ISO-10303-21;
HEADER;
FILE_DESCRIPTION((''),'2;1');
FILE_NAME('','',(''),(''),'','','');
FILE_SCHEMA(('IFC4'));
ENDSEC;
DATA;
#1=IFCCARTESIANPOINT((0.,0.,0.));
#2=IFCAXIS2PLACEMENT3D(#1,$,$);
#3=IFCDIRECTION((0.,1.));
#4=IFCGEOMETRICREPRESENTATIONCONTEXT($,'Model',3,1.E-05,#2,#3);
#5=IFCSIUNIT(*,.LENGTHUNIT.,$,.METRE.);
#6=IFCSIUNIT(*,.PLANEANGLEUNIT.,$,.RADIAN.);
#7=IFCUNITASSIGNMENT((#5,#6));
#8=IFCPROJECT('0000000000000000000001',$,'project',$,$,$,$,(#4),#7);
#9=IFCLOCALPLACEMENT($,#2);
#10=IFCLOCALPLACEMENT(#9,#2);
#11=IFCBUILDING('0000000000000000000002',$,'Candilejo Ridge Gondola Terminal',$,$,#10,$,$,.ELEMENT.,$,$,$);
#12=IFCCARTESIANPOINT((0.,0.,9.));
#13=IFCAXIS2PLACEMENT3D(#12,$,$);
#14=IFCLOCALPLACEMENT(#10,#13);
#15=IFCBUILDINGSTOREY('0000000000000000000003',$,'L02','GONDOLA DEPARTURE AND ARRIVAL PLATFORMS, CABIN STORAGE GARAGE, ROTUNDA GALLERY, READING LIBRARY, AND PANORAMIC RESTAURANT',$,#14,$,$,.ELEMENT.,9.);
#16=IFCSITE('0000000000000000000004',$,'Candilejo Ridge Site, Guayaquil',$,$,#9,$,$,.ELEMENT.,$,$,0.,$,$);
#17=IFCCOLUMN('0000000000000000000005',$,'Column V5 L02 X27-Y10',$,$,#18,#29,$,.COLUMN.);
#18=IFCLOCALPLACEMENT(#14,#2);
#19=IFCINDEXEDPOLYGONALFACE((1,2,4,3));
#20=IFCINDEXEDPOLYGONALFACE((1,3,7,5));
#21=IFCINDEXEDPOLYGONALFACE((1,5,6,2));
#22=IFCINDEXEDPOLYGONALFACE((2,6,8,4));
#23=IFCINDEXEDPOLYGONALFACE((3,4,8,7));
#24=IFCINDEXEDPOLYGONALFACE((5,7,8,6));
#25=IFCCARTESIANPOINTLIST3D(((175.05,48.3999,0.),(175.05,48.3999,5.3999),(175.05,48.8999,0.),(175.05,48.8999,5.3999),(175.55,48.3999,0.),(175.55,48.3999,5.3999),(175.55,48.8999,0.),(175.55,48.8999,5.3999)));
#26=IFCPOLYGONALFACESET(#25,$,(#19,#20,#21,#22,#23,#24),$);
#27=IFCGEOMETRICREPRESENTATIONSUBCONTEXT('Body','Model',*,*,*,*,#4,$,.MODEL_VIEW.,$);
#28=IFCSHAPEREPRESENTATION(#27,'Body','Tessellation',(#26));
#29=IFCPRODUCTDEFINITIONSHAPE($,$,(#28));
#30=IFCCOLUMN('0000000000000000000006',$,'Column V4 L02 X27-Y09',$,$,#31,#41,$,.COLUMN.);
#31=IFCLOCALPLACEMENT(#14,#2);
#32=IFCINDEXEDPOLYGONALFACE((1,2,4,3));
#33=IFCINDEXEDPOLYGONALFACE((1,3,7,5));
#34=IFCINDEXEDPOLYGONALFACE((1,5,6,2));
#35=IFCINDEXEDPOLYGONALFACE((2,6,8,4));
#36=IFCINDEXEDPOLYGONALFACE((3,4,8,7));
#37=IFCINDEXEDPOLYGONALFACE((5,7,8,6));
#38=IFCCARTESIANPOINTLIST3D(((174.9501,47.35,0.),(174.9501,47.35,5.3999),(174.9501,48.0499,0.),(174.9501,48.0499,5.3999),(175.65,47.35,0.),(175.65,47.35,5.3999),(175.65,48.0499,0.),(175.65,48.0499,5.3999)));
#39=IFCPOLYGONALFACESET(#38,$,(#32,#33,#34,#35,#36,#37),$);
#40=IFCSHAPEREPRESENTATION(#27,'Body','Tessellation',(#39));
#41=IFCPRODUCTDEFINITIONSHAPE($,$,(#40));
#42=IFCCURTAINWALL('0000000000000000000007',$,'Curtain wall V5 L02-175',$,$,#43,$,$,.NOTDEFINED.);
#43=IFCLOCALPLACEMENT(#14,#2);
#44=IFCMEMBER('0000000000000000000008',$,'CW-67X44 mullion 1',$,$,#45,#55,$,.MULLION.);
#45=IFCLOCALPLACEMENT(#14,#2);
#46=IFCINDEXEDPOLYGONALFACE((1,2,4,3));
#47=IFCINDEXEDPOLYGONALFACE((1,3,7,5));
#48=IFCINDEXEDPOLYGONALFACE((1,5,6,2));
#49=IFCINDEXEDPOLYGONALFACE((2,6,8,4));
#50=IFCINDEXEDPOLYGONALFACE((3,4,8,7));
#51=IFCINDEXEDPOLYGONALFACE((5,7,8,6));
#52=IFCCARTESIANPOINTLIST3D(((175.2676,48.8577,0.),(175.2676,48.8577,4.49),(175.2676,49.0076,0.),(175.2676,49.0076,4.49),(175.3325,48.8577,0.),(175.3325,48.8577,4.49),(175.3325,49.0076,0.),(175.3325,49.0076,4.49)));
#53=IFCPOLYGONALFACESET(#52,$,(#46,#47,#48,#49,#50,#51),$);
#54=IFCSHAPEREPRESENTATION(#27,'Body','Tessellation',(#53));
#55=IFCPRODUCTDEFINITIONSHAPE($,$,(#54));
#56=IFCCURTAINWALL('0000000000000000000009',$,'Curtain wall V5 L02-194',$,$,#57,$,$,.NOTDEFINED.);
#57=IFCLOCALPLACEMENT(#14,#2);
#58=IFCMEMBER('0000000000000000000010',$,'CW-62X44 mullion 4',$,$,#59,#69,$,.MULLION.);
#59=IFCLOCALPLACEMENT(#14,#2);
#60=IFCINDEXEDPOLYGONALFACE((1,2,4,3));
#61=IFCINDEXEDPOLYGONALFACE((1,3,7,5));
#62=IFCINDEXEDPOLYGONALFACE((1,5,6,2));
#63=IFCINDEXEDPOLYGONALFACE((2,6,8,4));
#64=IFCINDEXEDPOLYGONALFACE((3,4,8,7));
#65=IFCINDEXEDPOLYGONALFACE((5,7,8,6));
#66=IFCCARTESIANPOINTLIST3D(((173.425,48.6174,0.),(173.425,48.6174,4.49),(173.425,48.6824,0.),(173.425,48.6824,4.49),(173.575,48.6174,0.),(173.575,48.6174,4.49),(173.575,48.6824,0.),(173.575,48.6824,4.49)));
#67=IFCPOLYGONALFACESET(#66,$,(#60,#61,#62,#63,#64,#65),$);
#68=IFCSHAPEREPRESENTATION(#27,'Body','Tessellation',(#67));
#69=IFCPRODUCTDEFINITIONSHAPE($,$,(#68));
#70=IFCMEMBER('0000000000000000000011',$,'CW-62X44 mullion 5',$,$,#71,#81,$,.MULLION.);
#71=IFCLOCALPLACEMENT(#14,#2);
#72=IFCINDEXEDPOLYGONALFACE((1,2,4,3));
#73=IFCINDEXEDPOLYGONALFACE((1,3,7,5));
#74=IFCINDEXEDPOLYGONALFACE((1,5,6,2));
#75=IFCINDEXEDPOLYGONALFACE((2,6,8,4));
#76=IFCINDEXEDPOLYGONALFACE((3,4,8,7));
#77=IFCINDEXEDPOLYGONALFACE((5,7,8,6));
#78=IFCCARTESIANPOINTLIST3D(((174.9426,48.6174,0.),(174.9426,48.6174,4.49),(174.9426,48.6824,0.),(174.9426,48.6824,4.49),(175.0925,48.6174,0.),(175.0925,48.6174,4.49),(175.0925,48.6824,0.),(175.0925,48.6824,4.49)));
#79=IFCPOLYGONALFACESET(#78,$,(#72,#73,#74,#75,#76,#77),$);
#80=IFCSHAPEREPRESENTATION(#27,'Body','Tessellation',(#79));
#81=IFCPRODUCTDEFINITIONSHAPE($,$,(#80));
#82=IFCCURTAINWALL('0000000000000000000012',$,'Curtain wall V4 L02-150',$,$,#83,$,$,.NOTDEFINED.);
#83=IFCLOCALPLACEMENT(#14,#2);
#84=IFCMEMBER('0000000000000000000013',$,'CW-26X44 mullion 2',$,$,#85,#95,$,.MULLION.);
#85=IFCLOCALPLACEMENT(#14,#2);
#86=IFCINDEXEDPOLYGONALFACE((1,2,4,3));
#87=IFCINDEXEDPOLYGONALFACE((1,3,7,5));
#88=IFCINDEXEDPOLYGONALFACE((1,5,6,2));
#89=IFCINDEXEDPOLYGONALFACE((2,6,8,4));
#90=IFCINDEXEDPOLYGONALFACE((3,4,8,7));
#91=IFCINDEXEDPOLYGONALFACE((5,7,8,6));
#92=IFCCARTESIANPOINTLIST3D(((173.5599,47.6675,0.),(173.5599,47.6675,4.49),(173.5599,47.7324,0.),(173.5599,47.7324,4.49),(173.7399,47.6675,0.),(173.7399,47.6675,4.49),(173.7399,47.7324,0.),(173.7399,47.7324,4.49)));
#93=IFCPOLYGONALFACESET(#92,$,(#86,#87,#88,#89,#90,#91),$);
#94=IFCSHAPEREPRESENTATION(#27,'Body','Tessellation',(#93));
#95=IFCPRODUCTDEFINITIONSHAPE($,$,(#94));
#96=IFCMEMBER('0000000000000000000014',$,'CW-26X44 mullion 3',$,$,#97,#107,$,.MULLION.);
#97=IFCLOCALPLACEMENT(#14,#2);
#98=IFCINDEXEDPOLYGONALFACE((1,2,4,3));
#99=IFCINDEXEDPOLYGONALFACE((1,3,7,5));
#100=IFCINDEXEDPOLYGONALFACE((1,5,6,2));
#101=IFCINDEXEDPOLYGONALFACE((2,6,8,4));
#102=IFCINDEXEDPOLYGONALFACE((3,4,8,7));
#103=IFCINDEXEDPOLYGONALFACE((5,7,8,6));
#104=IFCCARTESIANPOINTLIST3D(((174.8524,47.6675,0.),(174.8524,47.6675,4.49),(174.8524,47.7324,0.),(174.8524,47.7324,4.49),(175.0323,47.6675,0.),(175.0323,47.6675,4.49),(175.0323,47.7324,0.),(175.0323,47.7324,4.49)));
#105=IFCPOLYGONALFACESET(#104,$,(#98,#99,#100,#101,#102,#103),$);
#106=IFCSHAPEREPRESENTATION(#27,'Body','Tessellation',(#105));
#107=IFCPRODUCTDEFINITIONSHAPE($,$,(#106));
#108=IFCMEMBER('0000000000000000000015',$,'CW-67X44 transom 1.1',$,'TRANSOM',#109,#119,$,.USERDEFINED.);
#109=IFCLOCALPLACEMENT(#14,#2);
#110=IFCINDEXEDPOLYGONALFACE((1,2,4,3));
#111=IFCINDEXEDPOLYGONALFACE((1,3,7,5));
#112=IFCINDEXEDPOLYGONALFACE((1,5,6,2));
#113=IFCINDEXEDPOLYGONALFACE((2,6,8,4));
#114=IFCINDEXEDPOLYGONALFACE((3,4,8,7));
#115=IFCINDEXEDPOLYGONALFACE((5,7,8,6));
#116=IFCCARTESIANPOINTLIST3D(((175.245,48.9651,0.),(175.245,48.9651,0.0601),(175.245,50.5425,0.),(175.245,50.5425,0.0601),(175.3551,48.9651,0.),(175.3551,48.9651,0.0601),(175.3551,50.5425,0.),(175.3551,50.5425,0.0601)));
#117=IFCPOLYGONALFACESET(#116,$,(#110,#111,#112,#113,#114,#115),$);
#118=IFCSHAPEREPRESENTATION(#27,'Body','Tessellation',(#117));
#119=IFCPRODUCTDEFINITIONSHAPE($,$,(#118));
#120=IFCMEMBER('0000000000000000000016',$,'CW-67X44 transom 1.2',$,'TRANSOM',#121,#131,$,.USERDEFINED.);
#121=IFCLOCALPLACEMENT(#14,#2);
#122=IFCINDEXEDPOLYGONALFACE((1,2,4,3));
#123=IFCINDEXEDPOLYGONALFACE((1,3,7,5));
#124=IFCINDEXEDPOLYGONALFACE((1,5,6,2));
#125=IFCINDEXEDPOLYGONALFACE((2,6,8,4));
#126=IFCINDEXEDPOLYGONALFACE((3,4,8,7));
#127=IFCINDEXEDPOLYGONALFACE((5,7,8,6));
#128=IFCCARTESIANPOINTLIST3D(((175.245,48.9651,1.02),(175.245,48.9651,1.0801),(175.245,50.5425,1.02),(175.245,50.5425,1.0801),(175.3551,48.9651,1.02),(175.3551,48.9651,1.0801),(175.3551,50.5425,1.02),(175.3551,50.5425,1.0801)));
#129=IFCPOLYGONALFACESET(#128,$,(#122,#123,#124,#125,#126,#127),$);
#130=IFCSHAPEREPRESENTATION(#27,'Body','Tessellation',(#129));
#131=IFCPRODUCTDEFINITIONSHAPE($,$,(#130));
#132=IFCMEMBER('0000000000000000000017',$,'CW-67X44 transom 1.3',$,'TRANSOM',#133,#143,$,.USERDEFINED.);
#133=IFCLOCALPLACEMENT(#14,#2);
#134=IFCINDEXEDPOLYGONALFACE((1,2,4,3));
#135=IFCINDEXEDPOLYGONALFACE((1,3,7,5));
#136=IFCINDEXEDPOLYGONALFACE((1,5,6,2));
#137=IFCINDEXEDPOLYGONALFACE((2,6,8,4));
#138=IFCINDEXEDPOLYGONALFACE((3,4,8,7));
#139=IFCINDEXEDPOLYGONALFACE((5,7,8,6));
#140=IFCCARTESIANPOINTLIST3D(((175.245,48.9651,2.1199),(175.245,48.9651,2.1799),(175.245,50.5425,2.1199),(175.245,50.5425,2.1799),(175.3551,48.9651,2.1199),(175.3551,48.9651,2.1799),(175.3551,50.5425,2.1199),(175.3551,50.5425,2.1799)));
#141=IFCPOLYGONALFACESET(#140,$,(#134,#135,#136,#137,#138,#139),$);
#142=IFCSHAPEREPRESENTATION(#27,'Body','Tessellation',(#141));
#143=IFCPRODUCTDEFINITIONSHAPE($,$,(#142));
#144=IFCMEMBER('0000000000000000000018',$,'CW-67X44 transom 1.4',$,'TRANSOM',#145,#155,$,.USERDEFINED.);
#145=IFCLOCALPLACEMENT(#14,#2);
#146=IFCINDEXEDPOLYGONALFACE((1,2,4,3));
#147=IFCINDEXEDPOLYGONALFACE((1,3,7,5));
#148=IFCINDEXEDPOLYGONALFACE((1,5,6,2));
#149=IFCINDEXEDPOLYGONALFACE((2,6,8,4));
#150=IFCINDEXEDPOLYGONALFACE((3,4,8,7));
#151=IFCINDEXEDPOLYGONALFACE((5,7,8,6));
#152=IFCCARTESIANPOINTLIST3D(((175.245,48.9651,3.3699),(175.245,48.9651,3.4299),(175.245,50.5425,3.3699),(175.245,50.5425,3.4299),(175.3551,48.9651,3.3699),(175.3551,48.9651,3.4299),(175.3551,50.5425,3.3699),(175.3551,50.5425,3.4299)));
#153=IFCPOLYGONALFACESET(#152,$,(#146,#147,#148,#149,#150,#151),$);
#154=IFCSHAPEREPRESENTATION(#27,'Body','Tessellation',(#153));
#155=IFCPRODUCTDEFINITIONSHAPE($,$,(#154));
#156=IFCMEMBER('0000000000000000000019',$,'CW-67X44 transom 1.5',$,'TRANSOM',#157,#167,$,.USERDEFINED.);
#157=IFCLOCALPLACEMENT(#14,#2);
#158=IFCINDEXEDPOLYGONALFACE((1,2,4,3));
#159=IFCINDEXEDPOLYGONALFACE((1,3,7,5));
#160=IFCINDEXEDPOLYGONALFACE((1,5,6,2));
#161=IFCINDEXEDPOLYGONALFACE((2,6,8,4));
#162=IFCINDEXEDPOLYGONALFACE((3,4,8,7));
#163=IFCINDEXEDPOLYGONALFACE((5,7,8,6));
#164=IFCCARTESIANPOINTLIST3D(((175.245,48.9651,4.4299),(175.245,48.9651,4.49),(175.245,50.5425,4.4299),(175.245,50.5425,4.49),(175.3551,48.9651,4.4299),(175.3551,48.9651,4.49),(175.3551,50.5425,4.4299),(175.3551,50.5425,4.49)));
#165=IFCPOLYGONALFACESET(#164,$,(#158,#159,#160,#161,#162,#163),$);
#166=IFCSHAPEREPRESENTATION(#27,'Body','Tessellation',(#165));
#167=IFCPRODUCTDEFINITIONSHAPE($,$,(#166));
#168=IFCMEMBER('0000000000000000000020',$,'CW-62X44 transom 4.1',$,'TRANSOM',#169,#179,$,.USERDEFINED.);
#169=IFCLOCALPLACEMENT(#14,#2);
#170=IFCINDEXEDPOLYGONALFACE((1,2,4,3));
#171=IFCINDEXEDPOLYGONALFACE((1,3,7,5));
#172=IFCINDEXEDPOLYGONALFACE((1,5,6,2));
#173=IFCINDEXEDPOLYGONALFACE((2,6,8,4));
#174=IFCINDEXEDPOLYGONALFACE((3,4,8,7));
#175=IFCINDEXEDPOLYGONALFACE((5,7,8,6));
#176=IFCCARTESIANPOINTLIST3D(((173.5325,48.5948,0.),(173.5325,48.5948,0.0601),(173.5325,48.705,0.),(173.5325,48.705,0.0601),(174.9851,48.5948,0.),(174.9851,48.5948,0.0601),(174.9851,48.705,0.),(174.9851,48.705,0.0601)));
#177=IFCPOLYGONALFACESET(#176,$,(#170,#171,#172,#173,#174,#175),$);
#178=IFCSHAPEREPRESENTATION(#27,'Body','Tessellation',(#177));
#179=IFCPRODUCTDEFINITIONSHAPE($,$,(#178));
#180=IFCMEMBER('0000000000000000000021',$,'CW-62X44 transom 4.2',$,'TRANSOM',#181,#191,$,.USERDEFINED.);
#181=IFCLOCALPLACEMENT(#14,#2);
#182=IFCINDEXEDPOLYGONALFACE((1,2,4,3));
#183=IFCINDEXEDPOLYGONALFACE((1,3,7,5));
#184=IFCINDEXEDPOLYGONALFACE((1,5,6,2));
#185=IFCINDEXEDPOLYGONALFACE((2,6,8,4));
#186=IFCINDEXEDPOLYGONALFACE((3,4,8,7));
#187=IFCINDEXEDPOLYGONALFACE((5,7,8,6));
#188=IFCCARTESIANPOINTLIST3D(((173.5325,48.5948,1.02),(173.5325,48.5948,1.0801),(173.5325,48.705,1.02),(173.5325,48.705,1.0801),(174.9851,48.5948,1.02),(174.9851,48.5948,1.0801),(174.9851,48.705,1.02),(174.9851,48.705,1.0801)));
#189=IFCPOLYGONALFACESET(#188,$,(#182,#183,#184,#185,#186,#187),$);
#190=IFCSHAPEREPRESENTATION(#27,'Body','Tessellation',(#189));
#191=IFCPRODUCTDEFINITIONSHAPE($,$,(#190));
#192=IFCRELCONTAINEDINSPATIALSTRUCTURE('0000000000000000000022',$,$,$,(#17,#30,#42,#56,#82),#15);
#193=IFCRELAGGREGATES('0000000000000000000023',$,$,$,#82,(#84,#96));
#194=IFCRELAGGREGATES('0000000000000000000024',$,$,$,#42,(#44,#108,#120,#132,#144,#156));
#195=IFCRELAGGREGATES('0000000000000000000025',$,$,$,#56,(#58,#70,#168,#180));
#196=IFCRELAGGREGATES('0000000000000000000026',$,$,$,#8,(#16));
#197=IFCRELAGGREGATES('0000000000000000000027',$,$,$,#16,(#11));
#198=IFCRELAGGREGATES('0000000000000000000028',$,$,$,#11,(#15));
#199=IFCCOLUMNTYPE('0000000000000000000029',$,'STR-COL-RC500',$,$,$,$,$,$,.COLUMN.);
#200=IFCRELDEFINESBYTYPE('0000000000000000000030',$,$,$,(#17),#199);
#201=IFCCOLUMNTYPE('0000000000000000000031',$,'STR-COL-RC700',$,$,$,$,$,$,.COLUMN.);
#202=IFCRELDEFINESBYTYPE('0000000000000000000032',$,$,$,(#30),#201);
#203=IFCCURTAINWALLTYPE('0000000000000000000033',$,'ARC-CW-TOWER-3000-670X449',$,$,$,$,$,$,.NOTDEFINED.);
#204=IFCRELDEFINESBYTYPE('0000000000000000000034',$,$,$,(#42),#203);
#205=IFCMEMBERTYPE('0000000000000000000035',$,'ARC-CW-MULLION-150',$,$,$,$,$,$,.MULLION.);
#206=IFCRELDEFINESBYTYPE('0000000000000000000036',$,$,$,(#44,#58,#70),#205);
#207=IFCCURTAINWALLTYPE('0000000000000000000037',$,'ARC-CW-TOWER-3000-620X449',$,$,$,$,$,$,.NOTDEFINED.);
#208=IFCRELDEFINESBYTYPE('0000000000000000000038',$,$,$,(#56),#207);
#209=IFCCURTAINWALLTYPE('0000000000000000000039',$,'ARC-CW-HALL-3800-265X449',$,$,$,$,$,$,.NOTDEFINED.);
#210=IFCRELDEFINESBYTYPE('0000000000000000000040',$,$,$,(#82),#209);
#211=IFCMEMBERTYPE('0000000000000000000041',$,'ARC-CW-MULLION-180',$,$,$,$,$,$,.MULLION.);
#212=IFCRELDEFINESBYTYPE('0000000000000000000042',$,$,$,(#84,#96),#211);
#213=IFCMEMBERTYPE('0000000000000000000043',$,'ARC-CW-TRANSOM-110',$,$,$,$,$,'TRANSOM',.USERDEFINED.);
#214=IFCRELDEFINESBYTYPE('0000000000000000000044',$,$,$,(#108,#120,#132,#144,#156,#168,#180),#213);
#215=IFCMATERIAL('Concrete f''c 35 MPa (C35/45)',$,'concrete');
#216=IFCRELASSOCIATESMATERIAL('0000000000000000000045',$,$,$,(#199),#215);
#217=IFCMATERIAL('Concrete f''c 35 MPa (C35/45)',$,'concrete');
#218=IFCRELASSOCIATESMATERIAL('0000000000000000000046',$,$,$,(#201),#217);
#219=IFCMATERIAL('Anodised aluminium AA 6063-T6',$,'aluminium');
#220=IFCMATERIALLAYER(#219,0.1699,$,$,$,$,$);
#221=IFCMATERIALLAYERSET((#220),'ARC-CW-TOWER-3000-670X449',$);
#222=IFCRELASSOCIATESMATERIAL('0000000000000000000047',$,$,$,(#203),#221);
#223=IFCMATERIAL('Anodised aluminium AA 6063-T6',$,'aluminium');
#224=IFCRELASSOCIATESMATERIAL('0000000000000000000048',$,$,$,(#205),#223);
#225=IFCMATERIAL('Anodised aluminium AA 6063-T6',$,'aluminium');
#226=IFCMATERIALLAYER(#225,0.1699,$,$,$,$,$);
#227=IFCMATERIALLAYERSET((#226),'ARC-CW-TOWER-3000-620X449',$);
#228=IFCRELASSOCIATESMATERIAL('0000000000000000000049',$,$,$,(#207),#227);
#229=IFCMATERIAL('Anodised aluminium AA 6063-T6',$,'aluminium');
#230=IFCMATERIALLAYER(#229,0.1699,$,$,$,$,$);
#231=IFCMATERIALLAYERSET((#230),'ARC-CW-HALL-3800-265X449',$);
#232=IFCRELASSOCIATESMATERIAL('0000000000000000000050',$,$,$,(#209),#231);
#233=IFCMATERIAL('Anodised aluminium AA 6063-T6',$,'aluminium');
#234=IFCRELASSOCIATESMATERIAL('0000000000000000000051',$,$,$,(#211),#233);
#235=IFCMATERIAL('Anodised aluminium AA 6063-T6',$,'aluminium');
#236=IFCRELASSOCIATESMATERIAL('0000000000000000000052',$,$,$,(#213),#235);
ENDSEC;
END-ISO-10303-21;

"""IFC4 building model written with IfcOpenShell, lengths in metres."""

from ifc_helpers import new_model, si_unit, direction, frame, origin, origin_2d, place, context, subcontext, project, spatial, rectangle, extrude, material, layer, layer_set, material_profile, profile_set, type_object, element, aggregate, save


model = new_model("IFC4")

# Units and contexts
model_context = context("Model", 3, precision=1e-05, world=origin(), true_north=direction((0.0, 1.0)))
body_context = subcontext(model_context, "Body", "Model", "MODEL_VIEW")
ifc_project = project(units=[si_unit("LENGTHUNIT", "METRE"), si_unit("PLANEANGLEUNIT", "RADIAN")], contexts=[model_context])

# Site, building, storey
site_placement = place(None, origin())
site = spatial("IfcSite", under=ifc_project, at=site_placement, Name="Candilejo Ridge Site, Guayaquil", CompositionType="ELEMENT", RefElevation=0.0)
building_placement = place(site_placement, origin())
building = spatial("IfcBuilding", under=site, at=building_placement, Name="Candilejo Ridge Gondola Terminal", CompositionType="ELEMENT")
storey_placement = place(building_placement, frame((0.0, 0.0, 9.0)))
storey = spatial("IfcBuildingStorey", under=building, at=storey_placement, Name="L02", Description="GONDOLA DEPARTURE AND ARRIVAL PLATFORMS, CABIN STORAGE GARAGE, ROTUNDA GALLERY, READING LIBRARY, AND PANORAMIC RESTAURANT", CompositionType="ELEMENT", Elevation=9.0)

# Columns
ifc_material_1 = material(Name="Concrete f'c 35 MPa (C35/45)", Category="concrete")
ifc_material_profile_1 = material_profile(ifc_material_1, rectangle(XDim=0.5, YDim=0.5, at=origin_2d()))
ifc_profile_set_1 = profile_set([ifc_material_profile_1], Name="Concrete f'c 35 MPa (C35/45)")
column_type_1 = type_object("IfcColumnType", Name="STR-COL-RC500", PredefinedType="COLUMN", material=ifc_profile_set_1)
column_1_placement = place(storey_placement, frame((175.3, 48.6499, 0.0), z_axis=(0.0, 0.0, 1.0), x_axis=(1.0, 0.0, 0.0)))
element("IfcColumn", 1, at=column_1_placement, inside=storey, type_object=column_type_1, Name="Column V5 L02 X27-Y10", PredefinedType="COLUMN", context=body_context, shape_type="SweptSolid", body=[
    extrude(rectangle(XDim=0.5, YDim=0.5, at=origin_2d()), origin(), (0.0, 0.0, 1.0), 5.3999),
])
ifc_material_2 = material(Name="Concrete f'c 35 MPa (C35/45)", Category="concrete")
ifc_material_profile_2 = material_profile(ifc_material_2, rectangle(XDim=0.7, YDim=0.7, at=origin_2d()))
ifc_profile_set_2 = profile_set([ifc_material_profile_2], Name="Concrete f'c 35 MPa (C35/45)")
column_type_2 = type_object("IfcColumnType", Name="STR-COL-RC700", PredefinedType="COLUMN", material=ifc_profile_set_2)
column_2_placement = place(storey_placement, frame((175.3, 47.7, 0.0), z_axis=(0.0, 0.0, 1.0), x_axis=(1.0, 0.0, 0.0)))
element("IfcColumn", 2, at=column_2_placement, inside=storey, type_object=column_type_2, Name="Column V4 L02 X27-Y09", PredefinedType="COLUMN", context=body_context, shape_type="SweptSolid", body=[
    extrude(rectangle(XDim=0.7, YDim=0.7, at=origin_2d()), origin(), (0.0, 0.0, 1.0), 5.3999),
])

# Curtain wall, member
ifc_material_3 = material(Name="Anodised aluminium AA 6063-T6", Category="aluminium")
ifc_layer_1 = layer(ifc_material_3, 0.1699)
ifc_layer_set_1 = layer_set([ifc_layer_1], Name="ARC-CW-TOWER-3000-670X449")
curtain_wall_type_1 = type_object("IfcCurtainWallType", Name="ARC-CW-TOWER-3000-670X449", PredefinedType="NOTDEFINED", material=ifc_layer_set_1)
curtain_wall_1_placement = place(storey_placement, origin())
curtain_wall_1 = element("IfcCurtainWall", 3, at=curtain_wall_1_placement, inside=storey, type_object=curtain_wall_type_1, Name="Curtain wall V5 L02-175", PredefinedType="NOTDEFINED")
ifc_material_4 = material(Name="Anodised aluminium AA 6063-T6", Category="aluminium")
ifc_material_profile_3 = material_profile(ifc_material_4, rectangle(XDim=0.0649, YDim=0.1499, at=origin_2d()))
ifc_profile_set_3 = profile_set([ifc_material_profile_3], Name="Anodised aluminium AA 6063-T6")
member_type_1 = type_object("IfcMemberType", Name="ARC-CW-MULLION-150", PredefinedType="MULLION", material=ifc_profile_set_3)
member_1_placement = place(storey_placement, frame((175.3, 48.9326, 0.0), z_axis=(0.0, 0.0, 1.0), x_axis=(-1.0, 0.0, 0.0)))
member_1 = element("IfcMember", 4, at=member_1_placement, type_object=member_type_1, Name="CW-67X44 mullion 1", PredefinedType="MULLION", context=body_context, shape_type="SweptSolid", body=[
    extrude(rectangle(XDim=0.0649, YDim=0.1499, at=origin_2d()), origin(), (0.0, 0.0, 1.0), 4.49),
])

# Curtain walls, members
ifc_material_5 = material(Name="Anodised aluminium AA 6063-T6", Category="aluminium")
ifc_layer_2 = layer(ifc_material_5, 0.1699)
ifc_layer_set_2 = layer_set([ifc_layer_2], Name="ARC-CW-TOWER-3000-620X449")
curtain_wall_type_2 = type_object("IfcCurtainWallType", Name="ARC-CW-TOWER-3000-620X449", PredefinedType="NOTDEFINED", material=ifc_layer_set_2)
curtain_wall_2_placement = place(storey_placement, origin())
curtain_wall_2 = element("IfcCurtainWall", 5, at=curtain_wall_2_placement, inside=storey, type_object=curtain_wall_type_2, Name="Curtain wall V5 L02-194", PredefinedType="NOTDEFINED")
member_2_placement = place(storey_placement, frame((173.5, 48.6499, 0.0), z_axis=(0.0, 0.0, 1.0), x_axis=(0.0, 1.0, 0.0)))
member_2 = element("IfcMember", 6, at=member_2_placement, type_object=member_type_1, Name="CW-62X44 mullion 4", PredefinedType="MULLION", context=body_context, shape_type="SweptSolid", body=[
    extrude(rectangle(XDim=0.0649, YDim=0.1499, at=origin_2d()), origin(), (0.0, 0.0, 1.0), 4.49),
])
member_3_placement = place(storey_placement, frame((175.0176, 48.6499, 0.0), z_axis=(0.0, 0.0, 1.0), x_axis=(0.0, 1.0, 0.0)))
member_3 = element("IfcMember", 7, at=member_3_placement, type_object=member_type_1, Name="CW-62X44 mullion 5", PredefinedType="MULLION", context=body_context, shape_type="SweptSolid", body=[
    extrude(rectangle(XDim=0.0649, YDim=0.1499, at=origin_2d()), origin(), (0.0, 0.0, 1.0), 4.49),
])
ifc_material_6 = material(Name="Anodised aluminium AA 6063-T6", Category="aluminium")
ifc_layer_3 = layer(ifc_material_6, 0.1699)
ifc_layer_set_3 = layer_set([ifc_layer_3], Name="ARC-CW-HALL-3800-265X449")
curtain_wall_type_3 = type_object("IfcCurtainWallType", Name="ARC-CW-HALL-3800-265X449", PredefinedType="NOTDEFINED", material=ifc_layer_set_3)
curtain_wall_3_placement = place(storey_placement, origin())
curtain_wall_3 = element("IfcCurtainWall", 8, at=curtain_wall_3_placement, inside=storey, type_object=curtain_wall_type_3, Name="Curtain wall V4 L02-150", PredefinedType="NOTDEFINED")
ifc_material_7 = material(Name="Anodised aluminium AA 6063-T6", Category="aluminium")
ifc_material_profile_4 = material_profile(ifc_material_7, rectangle(XDim=0.0649, YDim=0.1799, at=origin_2d()))
ifc_profile_set_4 = profile_set([ifc_material_profile_4], Name="Anodised aluminium AA 6063-T6")
member_type_2 = type_object("IfcMemberType", Name="ARC-CW-MULLION-180", PredefinedType="MULLION", material=ifc_profile_set_4)
member_4_placement = place(storey_placement, frame((173.6499, 47.7, 0.0), z_axis=(0.0, 0.0, 1.0), x_axis=(0.0, 1.0, 0.0)))
member_4 = element("IfcMember", 9, at=member_4_placement, type_object=member_type_2, Name="CW-26X44 mullion 2", PredefinedType="MULLION", context=body_context, shape_type="SweptSolid", body=[
    extrude(rectangle(XDim=0.0649, YDim=0.1799, at=origin_2d()), origin(), (0.0, 0.0, 1.0), 4.49),
])
member_5_placement = place(storey_placement, frame((174.9424, 47.7, 0.0), z_axis=(0.0, 0.0, 1.0), x_axis=(0.0, 1.0, 0.0)))
member_5 = element("IfcMember", 10, at=member_5_placement, type_object=member_type_2, Name="CW-26X44 mullion 3", PredefinedType="MULLION", context=body_context, shape_type="SweptSolid", body=[
    extrude(rectangle(XDim=0.0649, YDim=0.1799, at=origin_2d()), origin(), (0.0, 0.0, 1.0), 4.49),
])

# Members
ifc_material_8 = material(Name="Anodised aluminium AA 6063-T6", Category="aluminium")
ifc_material_profile_5 = material_profile(ifc_material_8, rectangle(XDim=0.1101, YDim=0.0601, at=origin_2d()))
ifc_profile_set_5 = profile_set([ifc_material_profile_5], Name="Anodised aluminium AA 6063-T6")
member_type_3 = type_object("IfcMemberType", Name="ARC-CW-TRANSOM-110", ElementType="TRANSOM", PredefinedType="USERDEFINED", material=ifc_profile_set_5)
member_6_placement = place(storey_placement, frame((175.3, 48.9651, 0.03), z_axis=(0.0, 1.0, 0.0), x_axis=(-1.0, 0.0, 0.0)))
member_6 = element("IfcMember", 11, at=member_6_placement, type_object=member_type_3, Name="CW-67X44 transom 1.1", ObjectType="TRANSOM", PredefinedType="USERDEFINED", context=body_context, shape_type="SweptSolid", body=[
    extrude(rectangle(XDim=0.1101, YDim=0.0601, at=origin_2d()), origin(), (0.0, 0.0, 1.0), 1.5774),
])
member_7_placement = place(storey_placement, frame((175.3, 48.9651, 1.05), z_axis=(0.0, 1.0, 0.0), x_axis=(-1.0, 0.0, 0.0)))
member_7 = element("IfcMember", 12, at=member_7_placement, type_object=member_type_3, Name="CW-67X44 transom 1.2", ObjectType="TRANSOM", PredefinedType="USERDEFINED", context=body_context, shape_type="SweptSolid", body=[
    extrude(rectangle(XDim=0.1101, YDim=0.0601, at=origin_2d()), origin(), (0.0, 0.0, 1.0), 1.5774),
])
member_8_placement = place(storey_placement, frame((175.3, 48.9651, 2.1499), z_axis=(0.0, 1.0, 0.0), x_axis=(-1.0, 0.0, 0.0)))
member_8 = element("IfcMember", 13, at=member_8_placement, type_object=member_type_3, Name="CW-67X44 transom 1.3", ObjectType="TRANSOM", PredefinedType="USERDEFINED", context=body_context, shape_type="SweptSolid", body=[
    extrude(rectangle(XDim=0.1101, YDim=0.0601, at=origin_2d()), origin(), (0.0, 0.0, 1.0), 1.5774),
])
member_9_placement = place(storey_placement, frame((175.3, 48.9651, 3.3999), z_axis=(0.0, 1.0, 0.0), x_axis=(-1.0, 0.0, 0.0)))
member_9 = element("IfcMember", 14, at=member_9_placement, type_object=member_type_3, Name="CW-67X44 transom 1.4", ObjectType="TRANSOM", PredefinedType="USERDEFINED", context=body_context, shape_type="SweptSolid", body=[
    extrude(rectangle(XDim=0.1101, YDim=0.0601, at=origin_2d()), origin(), (0.0, 0.0, 1.0), 1.5774),
])
member_10_placement = place(storey_placement, frame((175.3, 48.9651, 4.46), z_axis=(0.0, 1.0, 0.0), x_axis=(-1.0, 0.0, 0.0)))
member_10 = element("IfcMember", 15, at=member_10_placement, type_object=member_type_3, Name="CW-67X44 transom 1.5", ObjectType="TRANSOM", PredefinedType="USERDEFINED", context=body_context, shape_type="SweptSolid", body=[
    extrude(rectangle(XDim=0.1101, YDim=0.0601, at=origin_2d()), origin(), (0.0, 0.0, 1.0), 1.5774),
])
member_11_placement = place(storey_placement, frame((173.5325, 48.6499, 0.03), z_axis=(1.0, 0.0, 0.0), x_axis=(0.0, 1.0, 0.0)))
member_11 = element("IfcMember", 16, at=member_11_placement, type_object=member_type_3, Name="CW-62X44 transom 4.1", ObjectType="TRANSOM", PredefinedType="USERDEFINED", context=body_context, shape_type="SweptSolid", body=[
    extrude(rectangle(XDim=0.1101, YDim=0.0601, at=origin_2d()), origin(), (0.0, 0.0, 1.0), 1.4526),
])
member_12_placement = place(storey_placement, frame((173.5325, 48.6499, 1.05), z_axis=(1.0, 0.0, 0.0), x_axis=(0.0, 1.0, 0.0)))
member_12 = element("IfcMember", 17, at=member_12_placement, type_object=member_type_3, Name="CW-62X44 transom 4.2", ObjectType="TRANSOM", PredefinedType="USERDEFINED", context=body_context, shape_type="SweptSolid", body=[
    extrude(rectangle(XDim=0.1101, YDim=0.0601, at=origin_2d()), origin(), (0.0, 0.0, 1.0), 1.4526),
])

aggregate(curtain_wall_3, [member_4, member_5])
aggregate(curtain_wall_1, [member_1, member_6, member_7, member_8, member_9, member_10])
aggregate(curtain_wall_2, [member_2, member_3, member_11, member_12])

save(model, "model.ifc")
